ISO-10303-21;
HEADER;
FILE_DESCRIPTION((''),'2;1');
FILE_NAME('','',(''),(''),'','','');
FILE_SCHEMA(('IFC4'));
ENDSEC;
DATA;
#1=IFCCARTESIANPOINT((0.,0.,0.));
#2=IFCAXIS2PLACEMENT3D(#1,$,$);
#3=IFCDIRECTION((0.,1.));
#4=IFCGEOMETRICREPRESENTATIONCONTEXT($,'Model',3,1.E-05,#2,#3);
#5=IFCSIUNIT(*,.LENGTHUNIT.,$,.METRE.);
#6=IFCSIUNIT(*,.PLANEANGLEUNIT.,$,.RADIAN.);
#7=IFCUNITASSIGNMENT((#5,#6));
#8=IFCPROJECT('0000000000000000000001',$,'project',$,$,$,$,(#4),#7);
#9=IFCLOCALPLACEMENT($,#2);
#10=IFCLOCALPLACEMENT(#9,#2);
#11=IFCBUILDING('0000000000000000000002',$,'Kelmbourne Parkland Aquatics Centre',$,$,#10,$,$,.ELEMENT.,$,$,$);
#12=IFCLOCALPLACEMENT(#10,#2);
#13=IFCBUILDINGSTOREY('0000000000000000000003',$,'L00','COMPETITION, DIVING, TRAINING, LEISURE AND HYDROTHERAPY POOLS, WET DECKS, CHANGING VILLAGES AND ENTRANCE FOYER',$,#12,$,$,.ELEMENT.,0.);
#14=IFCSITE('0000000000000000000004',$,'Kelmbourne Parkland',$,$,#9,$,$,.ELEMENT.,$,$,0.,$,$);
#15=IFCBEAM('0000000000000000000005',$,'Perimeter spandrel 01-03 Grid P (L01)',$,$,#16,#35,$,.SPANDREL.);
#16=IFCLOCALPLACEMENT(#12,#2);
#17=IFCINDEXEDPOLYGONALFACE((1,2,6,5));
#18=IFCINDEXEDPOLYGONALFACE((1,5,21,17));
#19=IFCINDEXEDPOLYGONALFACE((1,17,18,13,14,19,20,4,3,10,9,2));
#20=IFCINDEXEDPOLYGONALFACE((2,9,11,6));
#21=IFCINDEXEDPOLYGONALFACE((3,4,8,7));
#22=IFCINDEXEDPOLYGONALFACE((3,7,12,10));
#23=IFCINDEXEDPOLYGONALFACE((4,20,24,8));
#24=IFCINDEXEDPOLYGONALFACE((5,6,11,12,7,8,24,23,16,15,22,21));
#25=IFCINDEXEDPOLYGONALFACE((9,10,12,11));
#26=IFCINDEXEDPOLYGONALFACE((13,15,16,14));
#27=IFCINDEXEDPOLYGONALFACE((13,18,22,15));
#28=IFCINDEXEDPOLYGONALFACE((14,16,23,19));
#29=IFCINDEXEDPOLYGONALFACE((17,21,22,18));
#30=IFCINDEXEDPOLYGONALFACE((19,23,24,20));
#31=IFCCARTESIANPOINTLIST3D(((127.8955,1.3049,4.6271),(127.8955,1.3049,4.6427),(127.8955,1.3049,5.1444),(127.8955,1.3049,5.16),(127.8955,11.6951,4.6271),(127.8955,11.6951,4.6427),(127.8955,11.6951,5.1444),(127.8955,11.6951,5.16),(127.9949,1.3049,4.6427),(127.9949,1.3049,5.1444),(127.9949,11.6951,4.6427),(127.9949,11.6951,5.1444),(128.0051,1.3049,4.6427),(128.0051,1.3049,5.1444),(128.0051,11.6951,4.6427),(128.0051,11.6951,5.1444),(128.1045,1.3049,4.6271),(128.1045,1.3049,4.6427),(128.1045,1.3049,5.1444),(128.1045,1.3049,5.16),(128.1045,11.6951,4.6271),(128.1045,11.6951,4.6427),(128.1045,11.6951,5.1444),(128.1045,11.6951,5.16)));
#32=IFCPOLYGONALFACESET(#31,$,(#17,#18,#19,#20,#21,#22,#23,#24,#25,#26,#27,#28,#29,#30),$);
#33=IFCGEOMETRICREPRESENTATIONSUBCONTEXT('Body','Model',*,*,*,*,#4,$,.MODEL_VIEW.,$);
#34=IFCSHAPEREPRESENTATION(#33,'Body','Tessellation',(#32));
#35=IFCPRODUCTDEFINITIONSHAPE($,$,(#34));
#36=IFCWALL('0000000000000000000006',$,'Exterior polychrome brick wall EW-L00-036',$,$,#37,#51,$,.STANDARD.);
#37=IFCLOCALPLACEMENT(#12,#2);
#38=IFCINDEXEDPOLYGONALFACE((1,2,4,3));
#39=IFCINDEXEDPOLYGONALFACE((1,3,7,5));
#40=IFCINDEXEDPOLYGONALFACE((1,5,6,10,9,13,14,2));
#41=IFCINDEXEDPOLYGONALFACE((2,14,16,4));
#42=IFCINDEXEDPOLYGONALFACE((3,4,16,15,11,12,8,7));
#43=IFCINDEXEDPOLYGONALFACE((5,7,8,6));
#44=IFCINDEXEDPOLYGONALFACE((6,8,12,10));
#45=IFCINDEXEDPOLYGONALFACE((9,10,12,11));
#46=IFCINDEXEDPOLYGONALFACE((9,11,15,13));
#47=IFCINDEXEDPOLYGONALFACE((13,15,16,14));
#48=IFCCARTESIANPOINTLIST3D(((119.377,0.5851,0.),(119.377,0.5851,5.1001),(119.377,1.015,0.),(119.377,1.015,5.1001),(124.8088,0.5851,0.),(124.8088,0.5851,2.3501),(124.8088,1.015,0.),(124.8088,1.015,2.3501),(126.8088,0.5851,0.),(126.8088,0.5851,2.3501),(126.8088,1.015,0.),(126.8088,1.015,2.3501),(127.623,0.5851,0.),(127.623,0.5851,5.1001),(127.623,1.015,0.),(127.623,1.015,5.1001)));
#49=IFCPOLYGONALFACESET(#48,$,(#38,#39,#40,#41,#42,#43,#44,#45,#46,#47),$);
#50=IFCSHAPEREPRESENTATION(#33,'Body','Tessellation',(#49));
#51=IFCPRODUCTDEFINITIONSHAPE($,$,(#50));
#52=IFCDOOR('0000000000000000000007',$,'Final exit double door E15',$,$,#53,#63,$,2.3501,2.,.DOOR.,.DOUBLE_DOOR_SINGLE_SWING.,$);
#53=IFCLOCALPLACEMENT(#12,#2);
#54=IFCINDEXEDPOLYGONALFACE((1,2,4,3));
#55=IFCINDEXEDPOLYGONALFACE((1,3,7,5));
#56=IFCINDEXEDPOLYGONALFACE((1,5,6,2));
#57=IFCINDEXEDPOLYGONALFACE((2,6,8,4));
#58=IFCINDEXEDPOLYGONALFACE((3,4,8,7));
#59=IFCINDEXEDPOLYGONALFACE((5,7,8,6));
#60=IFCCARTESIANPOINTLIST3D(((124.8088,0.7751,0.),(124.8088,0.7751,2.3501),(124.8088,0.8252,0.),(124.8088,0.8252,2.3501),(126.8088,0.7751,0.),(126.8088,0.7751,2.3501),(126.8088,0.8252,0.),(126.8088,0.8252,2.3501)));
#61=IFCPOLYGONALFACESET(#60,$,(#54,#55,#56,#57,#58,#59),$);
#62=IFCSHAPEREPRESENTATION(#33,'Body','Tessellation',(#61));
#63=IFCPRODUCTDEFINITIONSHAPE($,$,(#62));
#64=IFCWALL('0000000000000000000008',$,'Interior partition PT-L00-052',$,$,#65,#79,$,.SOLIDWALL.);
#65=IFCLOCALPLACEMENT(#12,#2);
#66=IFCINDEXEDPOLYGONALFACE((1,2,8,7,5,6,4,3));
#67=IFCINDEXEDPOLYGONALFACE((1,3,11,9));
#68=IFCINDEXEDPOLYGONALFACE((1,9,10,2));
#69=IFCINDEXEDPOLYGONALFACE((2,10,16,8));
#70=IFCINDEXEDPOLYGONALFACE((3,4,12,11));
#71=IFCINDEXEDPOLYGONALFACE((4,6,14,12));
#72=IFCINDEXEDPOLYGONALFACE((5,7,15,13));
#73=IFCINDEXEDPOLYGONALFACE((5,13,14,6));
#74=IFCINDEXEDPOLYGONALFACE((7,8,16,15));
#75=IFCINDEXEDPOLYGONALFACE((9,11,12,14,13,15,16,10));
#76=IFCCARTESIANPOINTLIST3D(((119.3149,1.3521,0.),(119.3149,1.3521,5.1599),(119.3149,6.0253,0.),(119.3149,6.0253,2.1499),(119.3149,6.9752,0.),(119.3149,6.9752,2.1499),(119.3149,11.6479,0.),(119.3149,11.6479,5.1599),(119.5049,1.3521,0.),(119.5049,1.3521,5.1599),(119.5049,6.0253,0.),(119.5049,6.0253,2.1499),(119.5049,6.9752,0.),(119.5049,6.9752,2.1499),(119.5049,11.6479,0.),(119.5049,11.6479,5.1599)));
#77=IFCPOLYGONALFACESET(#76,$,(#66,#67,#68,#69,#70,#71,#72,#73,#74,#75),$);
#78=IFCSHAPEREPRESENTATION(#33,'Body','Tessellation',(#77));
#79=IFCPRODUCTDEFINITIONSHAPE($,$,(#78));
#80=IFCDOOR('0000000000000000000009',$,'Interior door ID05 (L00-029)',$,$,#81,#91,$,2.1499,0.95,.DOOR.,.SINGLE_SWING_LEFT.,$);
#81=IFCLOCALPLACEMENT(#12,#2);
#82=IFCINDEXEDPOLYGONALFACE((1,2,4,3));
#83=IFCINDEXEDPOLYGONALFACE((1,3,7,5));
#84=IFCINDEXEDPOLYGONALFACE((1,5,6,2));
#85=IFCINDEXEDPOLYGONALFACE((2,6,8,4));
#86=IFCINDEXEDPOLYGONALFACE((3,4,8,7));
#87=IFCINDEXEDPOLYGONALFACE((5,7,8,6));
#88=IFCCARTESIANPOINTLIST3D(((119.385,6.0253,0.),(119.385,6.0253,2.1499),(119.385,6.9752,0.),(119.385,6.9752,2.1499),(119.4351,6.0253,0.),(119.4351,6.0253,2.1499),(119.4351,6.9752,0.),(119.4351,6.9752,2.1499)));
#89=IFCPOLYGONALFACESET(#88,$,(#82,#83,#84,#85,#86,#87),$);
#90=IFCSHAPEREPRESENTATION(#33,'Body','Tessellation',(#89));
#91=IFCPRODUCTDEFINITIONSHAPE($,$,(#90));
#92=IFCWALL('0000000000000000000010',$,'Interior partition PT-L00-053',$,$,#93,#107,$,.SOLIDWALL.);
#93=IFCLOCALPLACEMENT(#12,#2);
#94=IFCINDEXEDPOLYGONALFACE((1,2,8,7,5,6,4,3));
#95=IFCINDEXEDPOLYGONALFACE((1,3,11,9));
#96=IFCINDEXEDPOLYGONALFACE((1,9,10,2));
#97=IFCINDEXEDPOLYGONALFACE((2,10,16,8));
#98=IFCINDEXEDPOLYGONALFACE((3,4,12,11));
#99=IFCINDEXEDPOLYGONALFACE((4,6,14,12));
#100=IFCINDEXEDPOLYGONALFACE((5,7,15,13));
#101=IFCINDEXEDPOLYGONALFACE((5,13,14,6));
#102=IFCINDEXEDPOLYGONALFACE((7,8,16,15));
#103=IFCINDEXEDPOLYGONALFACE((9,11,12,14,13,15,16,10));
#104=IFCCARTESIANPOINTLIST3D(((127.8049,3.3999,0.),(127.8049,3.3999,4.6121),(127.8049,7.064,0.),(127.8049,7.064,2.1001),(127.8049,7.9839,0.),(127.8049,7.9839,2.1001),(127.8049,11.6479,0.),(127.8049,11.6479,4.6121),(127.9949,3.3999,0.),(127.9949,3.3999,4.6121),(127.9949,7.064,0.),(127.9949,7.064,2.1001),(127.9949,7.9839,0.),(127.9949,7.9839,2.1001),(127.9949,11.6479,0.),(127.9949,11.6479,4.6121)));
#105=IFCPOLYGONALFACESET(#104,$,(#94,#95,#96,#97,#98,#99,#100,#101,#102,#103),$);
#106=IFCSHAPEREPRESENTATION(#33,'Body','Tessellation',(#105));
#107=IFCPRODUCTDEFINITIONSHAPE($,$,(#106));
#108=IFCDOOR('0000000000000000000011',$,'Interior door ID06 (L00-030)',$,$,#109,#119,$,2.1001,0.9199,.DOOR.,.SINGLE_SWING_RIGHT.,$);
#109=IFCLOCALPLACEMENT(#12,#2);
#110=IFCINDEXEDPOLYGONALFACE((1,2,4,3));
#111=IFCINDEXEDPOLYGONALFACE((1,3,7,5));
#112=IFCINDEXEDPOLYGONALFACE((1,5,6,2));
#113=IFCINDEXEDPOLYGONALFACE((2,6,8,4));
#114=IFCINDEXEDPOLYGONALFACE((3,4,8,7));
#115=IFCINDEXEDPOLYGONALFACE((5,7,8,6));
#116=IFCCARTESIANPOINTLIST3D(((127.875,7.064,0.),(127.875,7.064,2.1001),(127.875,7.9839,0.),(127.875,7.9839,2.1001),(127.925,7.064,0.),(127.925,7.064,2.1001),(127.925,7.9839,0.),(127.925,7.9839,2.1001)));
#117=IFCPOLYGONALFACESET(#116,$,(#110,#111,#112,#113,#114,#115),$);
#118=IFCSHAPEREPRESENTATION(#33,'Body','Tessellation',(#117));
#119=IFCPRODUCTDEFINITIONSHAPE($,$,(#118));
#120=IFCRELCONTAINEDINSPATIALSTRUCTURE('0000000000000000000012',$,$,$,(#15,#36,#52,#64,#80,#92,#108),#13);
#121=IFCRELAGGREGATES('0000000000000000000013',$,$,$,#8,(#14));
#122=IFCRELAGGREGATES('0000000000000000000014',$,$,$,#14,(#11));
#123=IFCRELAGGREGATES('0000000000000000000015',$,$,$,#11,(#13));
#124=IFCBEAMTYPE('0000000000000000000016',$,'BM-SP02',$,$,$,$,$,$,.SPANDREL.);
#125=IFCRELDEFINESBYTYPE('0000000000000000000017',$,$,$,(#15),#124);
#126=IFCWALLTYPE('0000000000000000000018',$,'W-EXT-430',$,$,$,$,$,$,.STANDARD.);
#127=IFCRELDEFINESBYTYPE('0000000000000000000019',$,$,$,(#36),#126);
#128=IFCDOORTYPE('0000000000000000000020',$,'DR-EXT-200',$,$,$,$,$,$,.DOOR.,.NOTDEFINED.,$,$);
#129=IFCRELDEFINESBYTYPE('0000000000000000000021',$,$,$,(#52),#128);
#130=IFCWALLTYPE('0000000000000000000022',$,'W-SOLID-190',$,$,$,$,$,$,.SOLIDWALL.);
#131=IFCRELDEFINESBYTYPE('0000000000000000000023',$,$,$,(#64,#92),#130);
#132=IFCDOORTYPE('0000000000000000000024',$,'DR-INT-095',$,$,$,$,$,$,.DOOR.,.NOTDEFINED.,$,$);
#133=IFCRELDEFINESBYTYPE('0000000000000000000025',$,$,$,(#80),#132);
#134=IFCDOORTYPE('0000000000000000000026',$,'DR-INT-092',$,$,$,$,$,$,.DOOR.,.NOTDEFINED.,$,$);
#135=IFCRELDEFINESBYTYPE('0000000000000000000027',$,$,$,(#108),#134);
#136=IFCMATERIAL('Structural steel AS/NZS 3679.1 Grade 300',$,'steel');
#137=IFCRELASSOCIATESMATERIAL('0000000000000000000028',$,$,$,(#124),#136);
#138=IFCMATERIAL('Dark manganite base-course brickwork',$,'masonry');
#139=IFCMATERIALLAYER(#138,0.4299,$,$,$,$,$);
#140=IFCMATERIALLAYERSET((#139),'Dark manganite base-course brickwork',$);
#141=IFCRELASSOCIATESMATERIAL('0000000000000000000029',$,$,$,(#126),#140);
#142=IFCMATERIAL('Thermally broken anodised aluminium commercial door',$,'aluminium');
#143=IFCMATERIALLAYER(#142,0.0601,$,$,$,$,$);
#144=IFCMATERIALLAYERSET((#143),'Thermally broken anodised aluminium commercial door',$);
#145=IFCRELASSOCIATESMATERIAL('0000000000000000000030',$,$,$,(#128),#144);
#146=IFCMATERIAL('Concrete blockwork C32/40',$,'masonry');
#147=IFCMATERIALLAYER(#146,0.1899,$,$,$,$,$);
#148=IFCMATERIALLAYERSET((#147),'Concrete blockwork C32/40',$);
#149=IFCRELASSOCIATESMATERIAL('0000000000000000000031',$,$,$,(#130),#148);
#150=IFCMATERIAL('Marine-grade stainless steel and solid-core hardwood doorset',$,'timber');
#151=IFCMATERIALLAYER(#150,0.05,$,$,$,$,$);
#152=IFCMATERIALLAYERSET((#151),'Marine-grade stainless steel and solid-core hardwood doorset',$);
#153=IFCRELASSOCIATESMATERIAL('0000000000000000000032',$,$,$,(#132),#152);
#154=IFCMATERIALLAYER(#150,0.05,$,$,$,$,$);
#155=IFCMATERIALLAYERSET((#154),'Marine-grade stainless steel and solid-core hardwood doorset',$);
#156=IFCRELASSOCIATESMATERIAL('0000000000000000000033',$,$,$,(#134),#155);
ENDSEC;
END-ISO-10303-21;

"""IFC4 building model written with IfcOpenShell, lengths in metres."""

from ifc_helpers import new_model, si_unit, direction, frame, frame_2d, origin, origin_2d, place, context, subcontext, project, spatial, rectangle, i_section, extrude, material, layer, layer_set, material_profile, profile_set, type_object, element, fill, save


model = new_model("IFC4")

# Units and contexts
model_context = context("Model", 3, precision=1e-05, world=origin(), true_north=direction((0.0, 1.0)))
body_context = subcontext(model_context, "Body", "Model", "MODEL_VIEW")
ifc_project = project(units=[si_unit("LENGTHUNIT", "METRE"), si_unit("PLANEANGLEUNIT", "RADIAN")], contexts=[model_context])

# Site, building, storey
site_placement = place(None, origin())
site = spatial("IfcSite", under=ifc_project, at=site_placement, Name="Kelmbourne Parkland", CompositionType="ELEMENT", RefElevation=0.0)
building_placement = place(site_placement, origin())
building = spatial("IfcBuilding", under=site, at=building_placement, Name="Kelmbourne Parkland Aquatics Centre", CompositionType="ELEMENT")
storey_placement = place(building_placement, origin())
storey = spatial("IfcBuildingStorey", under=building, at=storey_placement, Name="L00", Description="COMPETITION, DIVING, TRAINING, LEISURE AND HYDROTHERAPY POOLS, WET DECKS, CHANGING VILLAGES AND ENTRANCE FOYER", CompositionType="ELEMENT", Elevation=0.0)

# Beam
ifc_material_1 = material(Name="Structural steel AS/NZS 3679.1 Grade 300", Category="steel")
ifc_material_profile_1 = material_profile(ifc_material_1, i_section(OverallWidth=0.209, OverallDepth=0.533, WebThickness=0.0103, FlangeThickness=0.0156, at=origin_2d()), Name="530UB92.4")
ifc_profile_set_1 = profile_set([ifc_material_profile_1], Name="Structural steel AS/NZS 3679.1 Grade 300")
beam_type_1 = type_object("IfcBeamType", Name="BM-SP02", PredefinedType="SPANDREL", material=ifc_profile_set_1)
beam_1_placement = place(storey_placement, frame((128.0, 1.3049, 4.8936), z_axis=(0.0, 1.0, 0.0), x_axis=(-1.0, 0.0, 0.0)))
element("IfcBeam", 1, at=beam_1_placement, inside=storey, type_object=beam_type_1, Name="Perimeter spandrel 01-03 Grid P (L01)", PredefinedType="SPANDREL", context=body_context, shape_type="SweptSolid", body=[
    extrude(i_section(OverallWidth=0.209, OverallDepth=0.533, WebThickness=0.0103, FlangeThickness=0.0156, at=origin_2d()), origin(), (0.0, 0.0, 1.0), 10.3901),
])

# Walls, openings, doors
ifc_material_2 = material(Name="Dark manganite base-course brickwork", Category="masonry")
ifc_layer_1 = layer(ifc_material_2, 0.4299)
ifc_layer_set_1 = layer_set([ifc_layer_1], Name="Dark manganite base-course brickwork")
wall_type_1 = type_object("IfcWallType", Name="W-EXT-430", PredefinedType="STANDARD", material=ifc_layer_set_1)
wall_1_placement = place(storey_placement, frame((119.377, 0.8, 0.0), z_axis=(0.0, 0.0, 1.0), x_axis=(1.0, 0.0, 0.0)))
wall_1 = element("IfcWall", 2, at=wall_1_placement, inside=storey, type_object=wall_type_1, Name="Exterior polychrome brick wall EW-L00-036", PredefinedType="STANDARD", context=body_context, shape_type="SweptSolid", body=[
    extrude(rectangle(XDim=8.2461, YDim=0.4299, at=frame_2d((4.123, 0.0))), origin(), (0.0, 0.0, 1.0), 5.1001),
])
opening_1_placement = place(wall_1_placement, frame((5.4319, 0.0, 0.0)))
opening_1 = element("IfcOpeningElement", 3, at=opening_1_placement, cuts=wall_1, PredefinedType="OPENING", context=body_context, shape_type="SweptSolid", body=[
    extrude(rectangle(XDim=2.0, YDim=2.3501, at=frame_2d((1.0, 1.175))), frame((0.0, 0.2271, 0.0), z_axis=(0.0, -1.0, 0.0), x_axis=(1.0, 0.0, 0.0)), (0.0, 0.0, 1.0), 0.4539),
])
ifc_material_3 = material(Name="Thermally broken anodised aluminium commercial door", Category="aluminium")
ifc_layer_2 = layer(ifc_material_3, 0.0601)
ifc_layer_set_2 = layer_set([ifc_layer_2], Name="Thermally broken anodised aluminium commercial door")
door_type_1 = type_object("IfcDoorType", Name="DR-EXT-200", OperationType="NOTDEFINED", PredefinedType="DOOR", material=ifc_layer_set_2)
door_1_placement = place(opening_1_placement, frame((2.0, 0.0, 0.0), z_axis=(0.0, 0.0, 1.0), x_axis=(-1.0, 0.0, 0.0)))
door_1 = element("IfcDoor", 4, at=door_1_placement, inside=storey, type_object=door_type_1, Name="Final exit double door E15", OperationType="DOUBLE_DOOR_SINGLE_SWING", OverallHeight=2.3501, OverallWidth=2.0, PredefinedType="DOOR", context=body_context, shape_type="SweptSolid", body=[
    extrude(rectangle(XDim=2.0, YDim=2.3501, at=frame_2d((1.0, 1.175))), frame((0.0, 0.0249, 0.0), z_axis=(0.0, -1.0, 0.0), x_axis=(1.0, 0.0, 0.0)), (0.0, 0.0, 1.0), 0.05),
])
fill(opening_1, door_1)
ifc_material_4 = material(Name="Concrete blockwork C32/40", Category="masonry")
ifc_layer_3 = layer(ifc_material_4, 0.1899)
ifc_layer_set_3 = layer_set([ifc_layer_3], Name="Concrete blockwork C32/40")
wall_type_2 = type_object("IfcWallType", Name="W-SOLID-190", PredefinedType="SOLIDWALL", material=ifc_layer_set_3)
wall_2_placement = place(storey_placement, frame((119.4099, 1.3521, 0.0), z_axis=(0.0, 0.0, 1.0), x_axis=(0.0, 1.0, 0.0)))
wall_2 = element("IfcWall", 5, at=wall_2_placement, inside=storey, type_object=wall_type_2, Name="Interior partition PT-L00-052", PredefinedType="SOLIDWALL", context=body_context, shape_type="SweptSolid", body=[
    extrude(rectangle(XDim=10.2959, YDim=0.1899, at=frame_2d((5.1479, 0.0))), origin(), (0.0, 0.0, 1.0), 5.1599),
])
opening_2_placement = place(wall_2_placement, frame((4.6731, 0.0, 0.0)))
opening_2 = element("IfcOpeningElement", 6, at=opening_2_placement, cuts=wall_2, PredefinedType="OPENING", context=body_context, shape_type="SweptSolid", body=[
    extrude(rectangle(XDim=0.95, YDim=2.1499, at=frame_2d((0.4751, 1.075))), frame((0.0, 0.1069, 0.0), z_axis=(0.0, -1.0, 0.0), x_axis=(1.0, 0.0, 0.0)), (0.0, 0.0, 1.0), 0.2139),
])
ifc_material_5 = material(Name="Marine-grade stainless steel and solid-core hardwood doorset", Category="timber")
ifc_layer_4 = layer(ifc_material_5, 0.05)
ifc_layer_set_4 = layer_set([ifc_layer_4], Name="Marine-grade stainless steel and solid-core hardwood doorset")
door_type_2 = type_object("IfcDoorType", Name="DR-INT-095", OperationType="NOTDEFINED", PredefinedType="DOOR", material=ifc_layer_set_4)
door_2_placement = place(opening_2_placement, origin())
door_2 = element("IfcDoor", 7, at=door_2_placement, inside=storey, type_object=door_type_2, Name="Interior door ID05 (L00-029)", OperationType="SINGLE_SWING_LEFT", OverallHeight=2.1499, OverallWidth=0.95, PredefinedType="DOOR", context=body_context, shape_type="SweptSolid", body=[
    extrude(rectangle(XDim=0.95, YDim=2.1499, at=frame_2d((0.4751, 1.075))), frame((0.0, 0.0249, 0.0), z_axis=(0.0, -1.0, 0.0), x_axis=(1.0, 0.0, 0.0)), (0.0, 0.0, 1.0), 0.05),
])
fill(opening_2, door_2)
wall_3_placement = place(storey_placement, frame((127.8999, 3.3999, 0.0), z_axis=(0.0, 0.0, 1.0), x_axis=(0.0, 1.0, 0.0)))
wall_3 = element("IfcWall", 8, at=wall_3_placement, inside=storey, type_object=wall_type_2, Name="Interior partition PT-L00-053", PredefinedType="SOLIDWALL", context=body_context, shape_type="SweptSolid", body=[
    extrude(rectangle(XDim=8.248, YDim=0.1899, at=frame_2d((4.124, 0.0))), origin(), (0.0, 0.0, 1.0), 4.6121),
])
opening_3_placement = place(wall_3_placement, frame((3.6641, 0.0, 0.0)))
opening_3 = element("IfcOpeningElement", 9, at=opening_3_placement, cuts=wall_3, PredefinedType="OPENING", context=body_context, shape_type="SweptSolid", body=[
    extrude(rectangle(XDim=0.9199, YDim=2.1001, at=frame_2d((0.46, 1.05))), frame((0.0, 0.1069, 0.0), z_axis=(0.0, -1.0, 0.0), x_axis=(1.0, 0.0, 0.0)), (0.0, 0.0, 1.0), 0.2139),
])
ifc_layer_5 = layer(ifc_material_5, 0.05)
ifc_layer_set_5 = layer_set([ifc_layer_5], Name="Marine-grade stainless steel and solid-core hardwood doorset")
door_type_3 = type_object("IfcDoorType", Name="DR-INT-092", OperationType="NOTDEFINED", PredefinedType="DOOR", material=ifc_layer_set_5)
door_3_placement = place(opening_3_placement, origin())
door_3 = element("IfcDoor", 10, at=door_3_placement, inside=storey, type_object=door_type_3, Name="Interior door ID06 (L00-030)", OperationType="SINGLE_SWING_RIGHT", OverallHeight=2.1001, OverallWidth=0.9199, PredefinedType="DOOR", context=body_context, shape_type="SweptSolid", body=[
    extrude(rectangle(XDim=0.9199, YDim=2.1001, at=frame_2d((0.46, 1.05))), frame((0.0, 0.0249, 0.0), z_axis=(0.0, -1.0, 0.0), x_axis=(1.0, 0.0, 0.0)), (0.0, 0.0, 1.0), 0.05),
])
fill(opening_3, door_3)

save(model, "model.ifc")
